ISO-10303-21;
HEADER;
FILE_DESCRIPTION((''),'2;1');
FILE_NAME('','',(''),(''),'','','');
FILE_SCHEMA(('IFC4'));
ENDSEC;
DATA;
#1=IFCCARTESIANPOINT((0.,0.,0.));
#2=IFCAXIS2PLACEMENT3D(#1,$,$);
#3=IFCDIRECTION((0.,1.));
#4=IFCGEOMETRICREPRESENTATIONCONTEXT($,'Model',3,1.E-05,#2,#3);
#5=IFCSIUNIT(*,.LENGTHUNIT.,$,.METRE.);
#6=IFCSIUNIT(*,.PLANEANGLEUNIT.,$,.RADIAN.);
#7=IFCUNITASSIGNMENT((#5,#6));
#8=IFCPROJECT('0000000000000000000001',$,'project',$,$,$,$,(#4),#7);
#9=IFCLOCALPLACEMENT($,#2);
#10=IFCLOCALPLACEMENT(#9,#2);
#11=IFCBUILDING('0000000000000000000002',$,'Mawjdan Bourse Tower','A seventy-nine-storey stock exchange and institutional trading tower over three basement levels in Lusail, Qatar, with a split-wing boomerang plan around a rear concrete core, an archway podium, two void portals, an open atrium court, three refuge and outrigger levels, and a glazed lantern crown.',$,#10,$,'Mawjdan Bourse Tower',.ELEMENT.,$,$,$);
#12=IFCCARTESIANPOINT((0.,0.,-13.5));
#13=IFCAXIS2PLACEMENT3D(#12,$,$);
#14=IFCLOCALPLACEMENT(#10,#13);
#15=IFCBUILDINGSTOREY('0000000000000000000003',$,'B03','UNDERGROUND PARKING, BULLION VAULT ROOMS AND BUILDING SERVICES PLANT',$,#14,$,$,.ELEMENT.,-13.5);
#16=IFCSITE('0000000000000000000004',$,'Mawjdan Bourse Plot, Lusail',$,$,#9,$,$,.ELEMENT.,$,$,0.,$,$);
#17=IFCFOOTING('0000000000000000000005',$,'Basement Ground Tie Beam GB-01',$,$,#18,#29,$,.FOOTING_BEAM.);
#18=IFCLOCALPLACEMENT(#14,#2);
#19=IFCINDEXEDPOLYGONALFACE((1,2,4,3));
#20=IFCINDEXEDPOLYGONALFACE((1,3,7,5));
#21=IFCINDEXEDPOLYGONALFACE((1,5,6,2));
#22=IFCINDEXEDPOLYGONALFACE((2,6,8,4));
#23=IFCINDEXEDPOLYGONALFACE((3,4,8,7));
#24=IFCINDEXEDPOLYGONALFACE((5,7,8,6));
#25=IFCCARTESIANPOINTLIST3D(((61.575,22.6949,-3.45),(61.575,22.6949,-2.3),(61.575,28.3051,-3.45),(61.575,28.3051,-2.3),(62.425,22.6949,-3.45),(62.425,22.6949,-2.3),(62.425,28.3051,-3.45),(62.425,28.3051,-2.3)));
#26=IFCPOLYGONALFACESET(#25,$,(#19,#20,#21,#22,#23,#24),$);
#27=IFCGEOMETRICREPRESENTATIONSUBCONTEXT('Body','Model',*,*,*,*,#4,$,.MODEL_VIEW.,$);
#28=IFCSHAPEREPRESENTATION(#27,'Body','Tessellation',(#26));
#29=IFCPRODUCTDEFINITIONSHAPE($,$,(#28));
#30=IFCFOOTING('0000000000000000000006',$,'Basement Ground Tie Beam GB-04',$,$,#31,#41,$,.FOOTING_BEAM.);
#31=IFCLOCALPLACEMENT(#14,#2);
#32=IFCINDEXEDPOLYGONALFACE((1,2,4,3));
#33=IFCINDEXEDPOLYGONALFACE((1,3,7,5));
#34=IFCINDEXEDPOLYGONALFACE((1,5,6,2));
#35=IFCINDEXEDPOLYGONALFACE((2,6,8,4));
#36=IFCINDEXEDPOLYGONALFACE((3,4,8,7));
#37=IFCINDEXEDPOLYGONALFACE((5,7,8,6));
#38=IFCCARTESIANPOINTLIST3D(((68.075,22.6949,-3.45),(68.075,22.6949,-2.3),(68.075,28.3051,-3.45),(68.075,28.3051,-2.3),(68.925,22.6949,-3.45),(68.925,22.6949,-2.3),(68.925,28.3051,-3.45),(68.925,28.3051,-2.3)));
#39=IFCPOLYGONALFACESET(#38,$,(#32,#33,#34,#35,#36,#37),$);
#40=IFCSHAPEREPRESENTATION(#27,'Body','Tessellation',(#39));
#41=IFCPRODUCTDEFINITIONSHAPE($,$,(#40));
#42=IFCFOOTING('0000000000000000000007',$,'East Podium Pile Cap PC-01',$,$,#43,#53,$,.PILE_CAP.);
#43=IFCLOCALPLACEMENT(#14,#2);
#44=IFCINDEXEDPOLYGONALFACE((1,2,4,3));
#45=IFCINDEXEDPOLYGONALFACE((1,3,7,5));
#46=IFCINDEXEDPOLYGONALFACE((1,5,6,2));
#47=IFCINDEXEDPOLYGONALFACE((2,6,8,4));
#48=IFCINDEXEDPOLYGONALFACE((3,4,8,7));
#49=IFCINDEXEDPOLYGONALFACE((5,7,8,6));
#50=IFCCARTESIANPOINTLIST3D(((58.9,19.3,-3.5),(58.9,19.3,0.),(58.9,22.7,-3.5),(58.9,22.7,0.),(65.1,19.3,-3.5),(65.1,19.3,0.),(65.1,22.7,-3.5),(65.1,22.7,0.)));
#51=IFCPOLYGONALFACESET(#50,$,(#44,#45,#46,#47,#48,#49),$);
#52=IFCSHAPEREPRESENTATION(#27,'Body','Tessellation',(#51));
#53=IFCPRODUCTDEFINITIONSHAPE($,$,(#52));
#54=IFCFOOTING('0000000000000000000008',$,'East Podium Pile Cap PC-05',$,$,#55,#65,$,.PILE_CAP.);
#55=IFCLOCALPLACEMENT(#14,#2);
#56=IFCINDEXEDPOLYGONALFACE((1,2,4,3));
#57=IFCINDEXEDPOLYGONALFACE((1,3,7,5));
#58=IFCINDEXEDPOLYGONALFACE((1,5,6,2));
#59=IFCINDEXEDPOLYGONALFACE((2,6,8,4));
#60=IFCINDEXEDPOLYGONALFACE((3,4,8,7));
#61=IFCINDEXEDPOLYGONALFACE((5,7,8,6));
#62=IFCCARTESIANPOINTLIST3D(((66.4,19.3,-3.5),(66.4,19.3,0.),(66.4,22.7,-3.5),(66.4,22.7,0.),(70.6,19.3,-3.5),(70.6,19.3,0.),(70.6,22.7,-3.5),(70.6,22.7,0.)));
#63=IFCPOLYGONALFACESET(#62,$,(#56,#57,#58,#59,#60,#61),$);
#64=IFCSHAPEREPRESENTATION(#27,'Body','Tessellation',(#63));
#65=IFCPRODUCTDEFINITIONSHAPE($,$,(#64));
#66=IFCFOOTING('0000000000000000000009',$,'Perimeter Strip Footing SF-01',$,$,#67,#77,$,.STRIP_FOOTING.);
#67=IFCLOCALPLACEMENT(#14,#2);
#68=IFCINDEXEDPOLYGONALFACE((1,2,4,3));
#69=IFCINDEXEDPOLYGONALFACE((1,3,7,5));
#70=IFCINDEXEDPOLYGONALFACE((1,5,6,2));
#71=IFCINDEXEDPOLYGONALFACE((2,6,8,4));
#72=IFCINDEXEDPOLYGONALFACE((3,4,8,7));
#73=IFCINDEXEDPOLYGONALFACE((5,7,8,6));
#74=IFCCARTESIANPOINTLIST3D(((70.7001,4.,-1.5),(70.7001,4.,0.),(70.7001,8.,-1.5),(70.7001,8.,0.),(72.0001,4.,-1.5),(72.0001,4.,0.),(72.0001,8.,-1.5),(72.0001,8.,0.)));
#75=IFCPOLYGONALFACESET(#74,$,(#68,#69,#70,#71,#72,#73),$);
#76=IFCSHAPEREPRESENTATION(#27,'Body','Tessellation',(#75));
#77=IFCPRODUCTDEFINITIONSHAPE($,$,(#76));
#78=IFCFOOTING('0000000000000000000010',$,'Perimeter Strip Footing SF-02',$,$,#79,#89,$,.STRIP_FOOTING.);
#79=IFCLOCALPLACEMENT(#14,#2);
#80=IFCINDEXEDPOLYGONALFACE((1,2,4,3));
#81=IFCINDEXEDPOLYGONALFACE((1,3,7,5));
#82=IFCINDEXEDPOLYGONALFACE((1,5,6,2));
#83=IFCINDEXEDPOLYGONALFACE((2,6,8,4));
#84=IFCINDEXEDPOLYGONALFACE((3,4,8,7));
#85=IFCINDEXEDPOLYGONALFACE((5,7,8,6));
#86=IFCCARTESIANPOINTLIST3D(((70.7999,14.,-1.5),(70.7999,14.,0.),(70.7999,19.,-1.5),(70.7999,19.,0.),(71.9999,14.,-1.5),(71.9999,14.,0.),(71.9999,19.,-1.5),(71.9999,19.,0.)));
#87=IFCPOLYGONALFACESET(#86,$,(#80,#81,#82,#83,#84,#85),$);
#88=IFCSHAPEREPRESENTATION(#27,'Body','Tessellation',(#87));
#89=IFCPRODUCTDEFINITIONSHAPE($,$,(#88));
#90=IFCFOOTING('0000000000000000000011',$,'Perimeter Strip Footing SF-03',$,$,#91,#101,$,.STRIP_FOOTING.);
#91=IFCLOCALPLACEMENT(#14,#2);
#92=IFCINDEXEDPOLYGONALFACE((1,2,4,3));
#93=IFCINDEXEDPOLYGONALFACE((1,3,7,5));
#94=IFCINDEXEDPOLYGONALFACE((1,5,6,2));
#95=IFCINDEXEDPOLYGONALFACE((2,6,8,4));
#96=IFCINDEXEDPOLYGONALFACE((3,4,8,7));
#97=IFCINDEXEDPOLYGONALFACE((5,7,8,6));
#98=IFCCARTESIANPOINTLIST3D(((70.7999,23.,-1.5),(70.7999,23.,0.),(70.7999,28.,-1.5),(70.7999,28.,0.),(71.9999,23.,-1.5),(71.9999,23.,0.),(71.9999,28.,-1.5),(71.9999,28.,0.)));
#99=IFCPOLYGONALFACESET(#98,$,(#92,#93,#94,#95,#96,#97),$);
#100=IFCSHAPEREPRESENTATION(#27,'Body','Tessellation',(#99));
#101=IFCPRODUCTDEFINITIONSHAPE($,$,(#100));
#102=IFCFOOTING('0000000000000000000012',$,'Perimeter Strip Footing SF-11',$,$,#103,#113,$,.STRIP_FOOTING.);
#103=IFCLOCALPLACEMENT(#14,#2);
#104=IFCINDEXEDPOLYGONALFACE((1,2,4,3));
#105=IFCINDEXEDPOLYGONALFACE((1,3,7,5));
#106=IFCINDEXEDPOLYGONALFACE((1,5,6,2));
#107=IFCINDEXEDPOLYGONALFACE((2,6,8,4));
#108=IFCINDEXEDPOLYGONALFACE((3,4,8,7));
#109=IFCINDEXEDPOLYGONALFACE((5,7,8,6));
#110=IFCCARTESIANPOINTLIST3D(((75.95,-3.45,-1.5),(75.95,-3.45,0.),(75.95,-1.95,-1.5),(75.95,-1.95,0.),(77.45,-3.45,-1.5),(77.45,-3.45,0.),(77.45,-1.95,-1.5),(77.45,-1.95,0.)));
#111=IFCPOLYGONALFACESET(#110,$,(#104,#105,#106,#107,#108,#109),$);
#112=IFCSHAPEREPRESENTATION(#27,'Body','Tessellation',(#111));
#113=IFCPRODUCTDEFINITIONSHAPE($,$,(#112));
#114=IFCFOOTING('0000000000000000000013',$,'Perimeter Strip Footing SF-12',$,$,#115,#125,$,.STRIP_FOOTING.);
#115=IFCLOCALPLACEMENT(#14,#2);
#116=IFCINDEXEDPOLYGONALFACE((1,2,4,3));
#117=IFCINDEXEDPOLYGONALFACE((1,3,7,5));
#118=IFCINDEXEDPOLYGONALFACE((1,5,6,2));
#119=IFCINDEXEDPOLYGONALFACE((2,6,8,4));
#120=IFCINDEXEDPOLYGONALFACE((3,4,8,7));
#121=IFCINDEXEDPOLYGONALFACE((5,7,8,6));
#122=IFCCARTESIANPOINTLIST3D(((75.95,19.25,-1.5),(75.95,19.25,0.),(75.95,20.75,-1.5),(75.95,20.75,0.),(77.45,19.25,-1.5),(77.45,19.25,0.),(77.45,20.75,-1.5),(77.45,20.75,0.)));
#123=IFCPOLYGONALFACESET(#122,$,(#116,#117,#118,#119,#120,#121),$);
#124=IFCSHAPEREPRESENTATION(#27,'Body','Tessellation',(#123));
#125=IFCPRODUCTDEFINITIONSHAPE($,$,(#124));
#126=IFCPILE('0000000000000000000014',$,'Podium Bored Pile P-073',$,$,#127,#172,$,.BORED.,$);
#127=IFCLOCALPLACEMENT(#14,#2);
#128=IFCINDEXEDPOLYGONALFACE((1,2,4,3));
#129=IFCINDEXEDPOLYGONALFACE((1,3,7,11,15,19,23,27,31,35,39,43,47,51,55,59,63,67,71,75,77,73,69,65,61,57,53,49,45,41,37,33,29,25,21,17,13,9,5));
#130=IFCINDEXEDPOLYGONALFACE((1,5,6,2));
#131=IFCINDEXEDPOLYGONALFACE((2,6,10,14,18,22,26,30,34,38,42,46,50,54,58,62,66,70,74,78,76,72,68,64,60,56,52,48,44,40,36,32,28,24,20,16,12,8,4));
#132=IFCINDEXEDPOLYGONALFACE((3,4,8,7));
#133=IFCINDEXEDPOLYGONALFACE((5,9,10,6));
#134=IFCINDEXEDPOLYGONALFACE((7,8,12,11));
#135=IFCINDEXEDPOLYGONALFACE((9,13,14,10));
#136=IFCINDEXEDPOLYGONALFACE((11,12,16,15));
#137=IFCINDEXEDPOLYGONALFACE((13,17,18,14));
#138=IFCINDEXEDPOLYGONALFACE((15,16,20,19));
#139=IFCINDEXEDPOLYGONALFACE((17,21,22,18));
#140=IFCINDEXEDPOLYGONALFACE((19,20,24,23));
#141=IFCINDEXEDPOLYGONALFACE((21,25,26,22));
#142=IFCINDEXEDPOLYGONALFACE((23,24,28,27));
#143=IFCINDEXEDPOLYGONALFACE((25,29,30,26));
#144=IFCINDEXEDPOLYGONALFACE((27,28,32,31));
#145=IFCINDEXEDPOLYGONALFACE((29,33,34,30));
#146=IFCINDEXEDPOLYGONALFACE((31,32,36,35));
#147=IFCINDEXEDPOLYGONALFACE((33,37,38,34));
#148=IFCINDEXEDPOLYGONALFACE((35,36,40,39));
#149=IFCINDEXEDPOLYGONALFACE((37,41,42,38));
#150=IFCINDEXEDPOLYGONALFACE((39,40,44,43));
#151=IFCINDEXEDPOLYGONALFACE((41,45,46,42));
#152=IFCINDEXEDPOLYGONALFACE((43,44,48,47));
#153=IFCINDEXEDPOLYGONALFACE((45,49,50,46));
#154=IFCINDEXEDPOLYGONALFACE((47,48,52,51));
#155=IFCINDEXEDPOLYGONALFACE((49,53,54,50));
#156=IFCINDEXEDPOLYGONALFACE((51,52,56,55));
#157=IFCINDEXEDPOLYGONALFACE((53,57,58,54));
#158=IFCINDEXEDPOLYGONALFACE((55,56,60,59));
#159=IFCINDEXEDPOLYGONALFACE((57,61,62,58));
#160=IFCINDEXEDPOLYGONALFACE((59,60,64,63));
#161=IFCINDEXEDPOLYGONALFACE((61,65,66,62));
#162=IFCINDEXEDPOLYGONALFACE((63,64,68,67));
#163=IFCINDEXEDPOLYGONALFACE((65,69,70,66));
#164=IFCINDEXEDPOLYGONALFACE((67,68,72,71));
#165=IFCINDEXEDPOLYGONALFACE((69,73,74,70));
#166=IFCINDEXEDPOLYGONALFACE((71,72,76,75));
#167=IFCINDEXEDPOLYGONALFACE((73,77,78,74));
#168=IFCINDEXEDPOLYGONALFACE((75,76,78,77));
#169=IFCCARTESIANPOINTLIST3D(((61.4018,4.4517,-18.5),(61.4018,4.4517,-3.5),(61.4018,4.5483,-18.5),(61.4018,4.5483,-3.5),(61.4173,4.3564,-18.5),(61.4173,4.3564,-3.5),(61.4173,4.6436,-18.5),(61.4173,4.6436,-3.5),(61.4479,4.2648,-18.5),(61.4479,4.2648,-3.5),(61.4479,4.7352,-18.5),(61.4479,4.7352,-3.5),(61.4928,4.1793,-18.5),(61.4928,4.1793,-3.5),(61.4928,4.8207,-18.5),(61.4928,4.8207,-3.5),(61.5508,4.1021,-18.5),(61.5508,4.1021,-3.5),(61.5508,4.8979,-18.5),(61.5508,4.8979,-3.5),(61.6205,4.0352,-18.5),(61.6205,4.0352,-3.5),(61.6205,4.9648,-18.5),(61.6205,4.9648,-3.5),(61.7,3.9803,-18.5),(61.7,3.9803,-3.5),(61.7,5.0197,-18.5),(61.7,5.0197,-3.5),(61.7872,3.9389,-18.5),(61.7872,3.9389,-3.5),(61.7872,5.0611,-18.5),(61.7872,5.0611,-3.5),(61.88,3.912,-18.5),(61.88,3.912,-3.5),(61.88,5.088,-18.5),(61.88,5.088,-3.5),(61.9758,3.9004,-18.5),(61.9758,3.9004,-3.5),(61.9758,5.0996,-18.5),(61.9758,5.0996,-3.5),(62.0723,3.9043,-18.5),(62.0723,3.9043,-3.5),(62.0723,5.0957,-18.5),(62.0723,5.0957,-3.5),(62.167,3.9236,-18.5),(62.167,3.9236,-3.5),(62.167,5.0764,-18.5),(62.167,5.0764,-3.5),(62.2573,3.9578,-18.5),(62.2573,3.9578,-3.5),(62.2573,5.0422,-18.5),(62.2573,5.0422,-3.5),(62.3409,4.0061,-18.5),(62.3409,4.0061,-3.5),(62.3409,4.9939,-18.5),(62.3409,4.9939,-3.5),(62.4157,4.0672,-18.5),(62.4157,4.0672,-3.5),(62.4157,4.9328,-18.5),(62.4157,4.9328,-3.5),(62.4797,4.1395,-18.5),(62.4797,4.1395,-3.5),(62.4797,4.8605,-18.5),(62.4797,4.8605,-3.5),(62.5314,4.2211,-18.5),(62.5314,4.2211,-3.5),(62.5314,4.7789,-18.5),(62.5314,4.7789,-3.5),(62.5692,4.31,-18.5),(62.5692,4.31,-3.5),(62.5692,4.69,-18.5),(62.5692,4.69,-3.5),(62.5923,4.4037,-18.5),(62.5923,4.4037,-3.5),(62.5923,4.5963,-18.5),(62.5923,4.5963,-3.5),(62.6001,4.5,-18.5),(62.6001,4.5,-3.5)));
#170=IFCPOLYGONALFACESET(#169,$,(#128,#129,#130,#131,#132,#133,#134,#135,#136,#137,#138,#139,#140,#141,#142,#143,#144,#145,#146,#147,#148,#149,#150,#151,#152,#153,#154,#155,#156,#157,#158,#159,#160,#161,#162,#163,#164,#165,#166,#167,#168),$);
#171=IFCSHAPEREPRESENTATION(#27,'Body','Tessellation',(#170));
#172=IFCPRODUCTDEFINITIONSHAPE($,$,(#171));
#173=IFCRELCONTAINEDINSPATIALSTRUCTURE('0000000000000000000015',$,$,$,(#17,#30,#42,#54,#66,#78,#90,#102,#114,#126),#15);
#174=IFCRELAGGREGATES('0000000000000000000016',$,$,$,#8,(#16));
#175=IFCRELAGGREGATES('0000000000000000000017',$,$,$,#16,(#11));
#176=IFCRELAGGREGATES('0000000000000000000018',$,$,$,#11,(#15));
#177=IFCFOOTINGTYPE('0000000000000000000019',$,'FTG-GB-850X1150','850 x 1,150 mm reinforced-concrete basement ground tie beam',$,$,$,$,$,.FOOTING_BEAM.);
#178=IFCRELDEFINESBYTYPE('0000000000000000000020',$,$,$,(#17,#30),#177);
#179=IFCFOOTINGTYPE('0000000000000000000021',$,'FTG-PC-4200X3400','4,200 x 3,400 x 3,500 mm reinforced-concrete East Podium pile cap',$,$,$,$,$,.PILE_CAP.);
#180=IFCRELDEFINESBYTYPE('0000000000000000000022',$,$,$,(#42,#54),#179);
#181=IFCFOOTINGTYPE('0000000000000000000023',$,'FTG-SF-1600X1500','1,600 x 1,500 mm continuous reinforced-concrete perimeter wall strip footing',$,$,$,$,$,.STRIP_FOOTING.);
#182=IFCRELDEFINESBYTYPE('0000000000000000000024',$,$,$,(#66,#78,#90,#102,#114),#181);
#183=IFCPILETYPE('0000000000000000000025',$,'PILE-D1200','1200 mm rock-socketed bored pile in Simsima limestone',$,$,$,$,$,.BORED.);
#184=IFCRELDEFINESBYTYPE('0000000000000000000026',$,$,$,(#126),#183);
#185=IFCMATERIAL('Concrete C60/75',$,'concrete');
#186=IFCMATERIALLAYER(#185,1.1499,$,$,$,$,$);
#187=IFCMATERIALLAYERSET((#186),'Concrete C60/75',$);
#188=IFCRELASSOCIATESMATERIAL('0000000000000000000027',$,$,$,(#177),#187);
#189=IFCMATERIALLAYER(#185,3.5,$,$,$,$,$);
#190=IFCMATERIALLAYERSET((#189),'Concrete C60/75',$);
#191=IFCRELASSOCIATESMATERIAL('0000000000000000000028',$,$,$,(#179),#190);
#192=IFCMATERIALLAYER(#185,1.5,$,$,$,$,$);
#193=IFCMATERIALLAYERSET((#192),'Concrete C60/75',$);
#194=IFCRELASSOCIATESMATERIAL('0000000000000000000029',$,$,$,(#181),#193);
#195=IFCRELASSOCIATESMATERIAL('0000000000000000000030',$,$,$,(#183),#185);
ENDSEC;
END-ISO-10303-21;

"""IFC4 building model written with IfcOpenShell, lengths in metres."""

from ifc_helpers import new_model, si_unit, direction, frame, origin, origin_2d, place, context, subcontext, project, spatial, rectangle, circle, extrude, material, layer, layer_set, material_profile, profile_set, type_object, element, save


model = new_model("IFC4")

# Units and contexts
model_context = context("Model", 3, precision=1e-05, world=origin(), true_north=direction((0.0, 1.0)))
body_context = subcontext(model_context, "Body", "Model", "MODEL_VIEW")
ifc_project = project(units=[si_unit("LENGTHUNIT", "METRE"), si_unit("PLANEANGLEUNIT", "RADIAN")], contexts=[model_context])

# Site, building, storey
site_placement = place(None, origin())
site = spatial("IfcSite", under=ifc_project, at=site_placement, Name="Mawjdan Bourse Plot, Lusail", CompositionType="ELEMENT", RefElevation=0.0)
building_placement = place(site_placement, origin())
building = spatial("IfcBuilding", under=site, at=building_placement, Name="Mawjdan Bourse Tower", Description="A seventy-nine-storey stock exchange and institutional trading tower over three basement levels in Lusail, Qatar, with a split-wing boomerang plan around a rear concrete core, an archway podium, two void portals, an open atrium court, three refuge and outrigger levels, and a glazed lantern crown.", LongName="Mawjdan Bourse Tower", CompositionType="ELEMENT")
storey_placement = place(building_placement, frame((0.0, 0.0, -13.5)))
storey = spatial("IfcBuildingStorey", under=building, at=storey_placement, Name="B03", Description="UNDERGROUND PARKING, BULLION VAULT ROOMS AND BUILDING SERVICES PLANT", CompositionType="ELEMENT", Elevation=-13.5)

# Footings
ifc_material_1 = material(Name="Concrete C60/75", Category="concrete")
ifc_layer_1 = layer(ifc_material_1, 1.1499)
ifc_layer_set_1 = layer_set([ifc_layer_1], Name="Concrete C60/75")
footing_type_1 = type_object("IfcFootingType", Name="FTG-GB-850X1150", Description="850 x 1,150 mm reinforced-concrete basement ground tie beam", PredefinedType="FOOTING_BEAM", material=ifc_layer_set_1)
for number, where, z_axis, x_axis, name in (
    (1, (62.0, 25.5, -3.45), (0.0, 0.0, 1.0), (1.0, 0.0, 0.0), "Basement Ground Tie Beam GB-01"),
    (2, (68.5, 25.5, -3.45), (0.0, 0.0, 1.0), (1.0, 0.0, 0.0), "Basement Ground Tie Beam GB-04"),
):
    element("IfcFooting", number, at=place(storey_placement, frame(where, z_axis=z_axis, x_axis=x_axis)), inside=storey, type_object=footing_type_1, Name=name, PredefinedType="FOOTING_BEAM", context=body_context, shape_type="SweptSolid", body=[
        extrude(rectangle(XDim=0.8501, YDim=5.6101, at=origin_2d()), origin(), (0.0, 0.0, 1.0), 1.1499),
    ])
ifc_layer_2 = layer(ifc_material_1, 3.5)
ifc_layer_set_2 = layer_set([ifc_layer_2], Name="Concrete C60/75")
footing_type_2 = type_object("IfcFootingType", Name="FTG-PC-4200X3400", Description="4,200 x 3,400 x 3,500 mm reinforced-concrete East Podium pile cap", PredefinedType="PILE_CAP", material=ifc_layer_set_2)
footing_1_placement = place(storey_placement, frame((62.0, 21.0, -3.5), z_axis=(0.0, 0.0, 1.0), x_axis=(1.0, 0.0, 0.0)))
element("IfcFooting", 3, at=footing_1_placement, inside=storey, type_object=footing_type_2, Name="East Podium Pile Cap PC-01", PredefinedType="PILE_CAP", context=body_context, shape_type="SweptSolid", body=[
    extrude(rectangle(XDim=6.2, YDim=3.3999, at=origin_2d()), origin(), (0.0, 0.0, 1.0), 3.5),
])
footing_2_placement = place(storey_placement, frame((68.5, 21.0, -3.5), z_axis=(0.0, 0.0, 1.0), x_axis=(1.0, 0.0, 0.0)))
element("IfcFooting", 4, at=footing_2_placement, inside=storey, type_object=footing_type_2, Name="East Podium Pile Cap PC-05", PredefinedType="PILE_CAP", context=body_context, shape_type="SweptSolid", body=[
    extrude(rectangle(XDim=4.2, YDim=3.3999, at=origin_2d()), origin(), (0.0, 0.0, 1.0), 3.5),
])
ifc_layer_3 = layer(ifc_material_1, 1.5)
ifc_layer_set_3 = layer_set([ifc_layer_3], Name="Concrete C60/75")
footing_type_3 = type_object("IfcFootingType", Name="FTG-SF-1600X1500", Description="1,600 x 1,500 mm continuous reinforced-concrete perimeter wall strip footing", PredefinedType="STRIP_FOOTING", material=ifc_layer_set_3)
footing_3_placement = place(storey_placement, frame((71.3501, 6.0, -1.5), z_axis=(0.0, 0.0, 1.0), x_axis=(1.0, 0.0, 0.0)))
element("IfcFooting", 5, at=footing_3_placement, inside=storey, type_object=footing_type_3, Name="Perimeter Strip Footing SF-01", PredefinedType="STRIP_FOOTING", context=body_context, shape_type="SweptSolid", body=[
    extrude(rectangle(XDim=1.3, YDim=4.0, at=origin_2d()), origin(), (0.0, 0.0, 1.0), 1.5),
])
for number, where, z_axis, x_axis, name in (
    (6, (71.3999, 16.5, -1.5), (0.0, 0.0, 1.0), (1.0, 0.0, 0.0), "Perimeter Strip Footing SF-02"),
    (7, (71.3999, 25.5, -1.5), (0.0, 0.0, 1.0), (1.0, 0.0, 0.0), "Perimeter Strip Footing SF-03"),
):
    element("IfcFooting", number, at=place(storey_placement, frame(where, z_axis=z_axis, x_axis=x_axis)), inside=storey, type_object=footing_type_3, Name=name, PredefinedType="STRIP_FOOTING", context=body_context, shape_type="SweptSolid", body=[
        extrude(rectangle(XDim=1.2, YDim=5.0, at=origin_2d()), origin(), (0.0, 0.0, 1.0), 1.5),
    ])
for number, where, z_axis, x_axis, name in (
    (8, (76.7, -2.7, -1.5), (0.0, 0.0, 1.0), (1.0, 0.0, 0.0), "Perimeter Strip Footing SF-11"),
    (9, (76.7, 20.0, -1.5), (0.0, 0.0, 1.0), (1.0, 0.0, 0.0), "Perimeter Strip Footing SF-12"),
):
    element("IfcFooting", number, at=place(storey_placement, frame(where, z_axis=z_axis, x_axis=x_axis)), inside=storey, type_object=footing_type_3, Name=name, PredefinedType="STRIP_FOOTING", context=body_context, shape_type="SweptSolid", body=[
        extrude(rectangle(XDim=1.5, YDim=1.5, at=origin_2d()), origin(), (0.0, 0.0, 1.0), 1.5),
    ])

# Pile
ifc_material_profile_1 = material_profile(ifc_material_1, circle(Radius=0.6001, at=origin_2d()), Name="PILE-D1200")
ifc_profile_set_1 = profile_set([ifc_material_profile_1], Name="Concrete C60/75")
pile_type_1 = type_object("IfcPileType", Name="PILE-D1200", Description="1200 mm rock-socketed bored pile in Simsima limestone", PredefinedType="BORED", material=ifc_profile_set_1)
for number, where, z_axis, x_axis, name in (
    (10, (62.0, 4.5, -3.5), (0.0, 0.0, -1.0), (1.0, 0.0, 0.0), "Podium Bored Pile P-073"),
):
    element("IfcPile", number, at=place(storey_placement, frame(where, z_axis=z_axis, x_axis=x_axis)), inside=storey, type_object=pile_type_1, Name=name, PredefinedType="BORED", context=body_context, shape_type="SweptSolid", body=[
        extrude(circle(Radius=0.6001, at=origin_2d()), origin(), (0.0, 0.0, 1.0), 15.0),
    ])

save(model, "model.ifc")
